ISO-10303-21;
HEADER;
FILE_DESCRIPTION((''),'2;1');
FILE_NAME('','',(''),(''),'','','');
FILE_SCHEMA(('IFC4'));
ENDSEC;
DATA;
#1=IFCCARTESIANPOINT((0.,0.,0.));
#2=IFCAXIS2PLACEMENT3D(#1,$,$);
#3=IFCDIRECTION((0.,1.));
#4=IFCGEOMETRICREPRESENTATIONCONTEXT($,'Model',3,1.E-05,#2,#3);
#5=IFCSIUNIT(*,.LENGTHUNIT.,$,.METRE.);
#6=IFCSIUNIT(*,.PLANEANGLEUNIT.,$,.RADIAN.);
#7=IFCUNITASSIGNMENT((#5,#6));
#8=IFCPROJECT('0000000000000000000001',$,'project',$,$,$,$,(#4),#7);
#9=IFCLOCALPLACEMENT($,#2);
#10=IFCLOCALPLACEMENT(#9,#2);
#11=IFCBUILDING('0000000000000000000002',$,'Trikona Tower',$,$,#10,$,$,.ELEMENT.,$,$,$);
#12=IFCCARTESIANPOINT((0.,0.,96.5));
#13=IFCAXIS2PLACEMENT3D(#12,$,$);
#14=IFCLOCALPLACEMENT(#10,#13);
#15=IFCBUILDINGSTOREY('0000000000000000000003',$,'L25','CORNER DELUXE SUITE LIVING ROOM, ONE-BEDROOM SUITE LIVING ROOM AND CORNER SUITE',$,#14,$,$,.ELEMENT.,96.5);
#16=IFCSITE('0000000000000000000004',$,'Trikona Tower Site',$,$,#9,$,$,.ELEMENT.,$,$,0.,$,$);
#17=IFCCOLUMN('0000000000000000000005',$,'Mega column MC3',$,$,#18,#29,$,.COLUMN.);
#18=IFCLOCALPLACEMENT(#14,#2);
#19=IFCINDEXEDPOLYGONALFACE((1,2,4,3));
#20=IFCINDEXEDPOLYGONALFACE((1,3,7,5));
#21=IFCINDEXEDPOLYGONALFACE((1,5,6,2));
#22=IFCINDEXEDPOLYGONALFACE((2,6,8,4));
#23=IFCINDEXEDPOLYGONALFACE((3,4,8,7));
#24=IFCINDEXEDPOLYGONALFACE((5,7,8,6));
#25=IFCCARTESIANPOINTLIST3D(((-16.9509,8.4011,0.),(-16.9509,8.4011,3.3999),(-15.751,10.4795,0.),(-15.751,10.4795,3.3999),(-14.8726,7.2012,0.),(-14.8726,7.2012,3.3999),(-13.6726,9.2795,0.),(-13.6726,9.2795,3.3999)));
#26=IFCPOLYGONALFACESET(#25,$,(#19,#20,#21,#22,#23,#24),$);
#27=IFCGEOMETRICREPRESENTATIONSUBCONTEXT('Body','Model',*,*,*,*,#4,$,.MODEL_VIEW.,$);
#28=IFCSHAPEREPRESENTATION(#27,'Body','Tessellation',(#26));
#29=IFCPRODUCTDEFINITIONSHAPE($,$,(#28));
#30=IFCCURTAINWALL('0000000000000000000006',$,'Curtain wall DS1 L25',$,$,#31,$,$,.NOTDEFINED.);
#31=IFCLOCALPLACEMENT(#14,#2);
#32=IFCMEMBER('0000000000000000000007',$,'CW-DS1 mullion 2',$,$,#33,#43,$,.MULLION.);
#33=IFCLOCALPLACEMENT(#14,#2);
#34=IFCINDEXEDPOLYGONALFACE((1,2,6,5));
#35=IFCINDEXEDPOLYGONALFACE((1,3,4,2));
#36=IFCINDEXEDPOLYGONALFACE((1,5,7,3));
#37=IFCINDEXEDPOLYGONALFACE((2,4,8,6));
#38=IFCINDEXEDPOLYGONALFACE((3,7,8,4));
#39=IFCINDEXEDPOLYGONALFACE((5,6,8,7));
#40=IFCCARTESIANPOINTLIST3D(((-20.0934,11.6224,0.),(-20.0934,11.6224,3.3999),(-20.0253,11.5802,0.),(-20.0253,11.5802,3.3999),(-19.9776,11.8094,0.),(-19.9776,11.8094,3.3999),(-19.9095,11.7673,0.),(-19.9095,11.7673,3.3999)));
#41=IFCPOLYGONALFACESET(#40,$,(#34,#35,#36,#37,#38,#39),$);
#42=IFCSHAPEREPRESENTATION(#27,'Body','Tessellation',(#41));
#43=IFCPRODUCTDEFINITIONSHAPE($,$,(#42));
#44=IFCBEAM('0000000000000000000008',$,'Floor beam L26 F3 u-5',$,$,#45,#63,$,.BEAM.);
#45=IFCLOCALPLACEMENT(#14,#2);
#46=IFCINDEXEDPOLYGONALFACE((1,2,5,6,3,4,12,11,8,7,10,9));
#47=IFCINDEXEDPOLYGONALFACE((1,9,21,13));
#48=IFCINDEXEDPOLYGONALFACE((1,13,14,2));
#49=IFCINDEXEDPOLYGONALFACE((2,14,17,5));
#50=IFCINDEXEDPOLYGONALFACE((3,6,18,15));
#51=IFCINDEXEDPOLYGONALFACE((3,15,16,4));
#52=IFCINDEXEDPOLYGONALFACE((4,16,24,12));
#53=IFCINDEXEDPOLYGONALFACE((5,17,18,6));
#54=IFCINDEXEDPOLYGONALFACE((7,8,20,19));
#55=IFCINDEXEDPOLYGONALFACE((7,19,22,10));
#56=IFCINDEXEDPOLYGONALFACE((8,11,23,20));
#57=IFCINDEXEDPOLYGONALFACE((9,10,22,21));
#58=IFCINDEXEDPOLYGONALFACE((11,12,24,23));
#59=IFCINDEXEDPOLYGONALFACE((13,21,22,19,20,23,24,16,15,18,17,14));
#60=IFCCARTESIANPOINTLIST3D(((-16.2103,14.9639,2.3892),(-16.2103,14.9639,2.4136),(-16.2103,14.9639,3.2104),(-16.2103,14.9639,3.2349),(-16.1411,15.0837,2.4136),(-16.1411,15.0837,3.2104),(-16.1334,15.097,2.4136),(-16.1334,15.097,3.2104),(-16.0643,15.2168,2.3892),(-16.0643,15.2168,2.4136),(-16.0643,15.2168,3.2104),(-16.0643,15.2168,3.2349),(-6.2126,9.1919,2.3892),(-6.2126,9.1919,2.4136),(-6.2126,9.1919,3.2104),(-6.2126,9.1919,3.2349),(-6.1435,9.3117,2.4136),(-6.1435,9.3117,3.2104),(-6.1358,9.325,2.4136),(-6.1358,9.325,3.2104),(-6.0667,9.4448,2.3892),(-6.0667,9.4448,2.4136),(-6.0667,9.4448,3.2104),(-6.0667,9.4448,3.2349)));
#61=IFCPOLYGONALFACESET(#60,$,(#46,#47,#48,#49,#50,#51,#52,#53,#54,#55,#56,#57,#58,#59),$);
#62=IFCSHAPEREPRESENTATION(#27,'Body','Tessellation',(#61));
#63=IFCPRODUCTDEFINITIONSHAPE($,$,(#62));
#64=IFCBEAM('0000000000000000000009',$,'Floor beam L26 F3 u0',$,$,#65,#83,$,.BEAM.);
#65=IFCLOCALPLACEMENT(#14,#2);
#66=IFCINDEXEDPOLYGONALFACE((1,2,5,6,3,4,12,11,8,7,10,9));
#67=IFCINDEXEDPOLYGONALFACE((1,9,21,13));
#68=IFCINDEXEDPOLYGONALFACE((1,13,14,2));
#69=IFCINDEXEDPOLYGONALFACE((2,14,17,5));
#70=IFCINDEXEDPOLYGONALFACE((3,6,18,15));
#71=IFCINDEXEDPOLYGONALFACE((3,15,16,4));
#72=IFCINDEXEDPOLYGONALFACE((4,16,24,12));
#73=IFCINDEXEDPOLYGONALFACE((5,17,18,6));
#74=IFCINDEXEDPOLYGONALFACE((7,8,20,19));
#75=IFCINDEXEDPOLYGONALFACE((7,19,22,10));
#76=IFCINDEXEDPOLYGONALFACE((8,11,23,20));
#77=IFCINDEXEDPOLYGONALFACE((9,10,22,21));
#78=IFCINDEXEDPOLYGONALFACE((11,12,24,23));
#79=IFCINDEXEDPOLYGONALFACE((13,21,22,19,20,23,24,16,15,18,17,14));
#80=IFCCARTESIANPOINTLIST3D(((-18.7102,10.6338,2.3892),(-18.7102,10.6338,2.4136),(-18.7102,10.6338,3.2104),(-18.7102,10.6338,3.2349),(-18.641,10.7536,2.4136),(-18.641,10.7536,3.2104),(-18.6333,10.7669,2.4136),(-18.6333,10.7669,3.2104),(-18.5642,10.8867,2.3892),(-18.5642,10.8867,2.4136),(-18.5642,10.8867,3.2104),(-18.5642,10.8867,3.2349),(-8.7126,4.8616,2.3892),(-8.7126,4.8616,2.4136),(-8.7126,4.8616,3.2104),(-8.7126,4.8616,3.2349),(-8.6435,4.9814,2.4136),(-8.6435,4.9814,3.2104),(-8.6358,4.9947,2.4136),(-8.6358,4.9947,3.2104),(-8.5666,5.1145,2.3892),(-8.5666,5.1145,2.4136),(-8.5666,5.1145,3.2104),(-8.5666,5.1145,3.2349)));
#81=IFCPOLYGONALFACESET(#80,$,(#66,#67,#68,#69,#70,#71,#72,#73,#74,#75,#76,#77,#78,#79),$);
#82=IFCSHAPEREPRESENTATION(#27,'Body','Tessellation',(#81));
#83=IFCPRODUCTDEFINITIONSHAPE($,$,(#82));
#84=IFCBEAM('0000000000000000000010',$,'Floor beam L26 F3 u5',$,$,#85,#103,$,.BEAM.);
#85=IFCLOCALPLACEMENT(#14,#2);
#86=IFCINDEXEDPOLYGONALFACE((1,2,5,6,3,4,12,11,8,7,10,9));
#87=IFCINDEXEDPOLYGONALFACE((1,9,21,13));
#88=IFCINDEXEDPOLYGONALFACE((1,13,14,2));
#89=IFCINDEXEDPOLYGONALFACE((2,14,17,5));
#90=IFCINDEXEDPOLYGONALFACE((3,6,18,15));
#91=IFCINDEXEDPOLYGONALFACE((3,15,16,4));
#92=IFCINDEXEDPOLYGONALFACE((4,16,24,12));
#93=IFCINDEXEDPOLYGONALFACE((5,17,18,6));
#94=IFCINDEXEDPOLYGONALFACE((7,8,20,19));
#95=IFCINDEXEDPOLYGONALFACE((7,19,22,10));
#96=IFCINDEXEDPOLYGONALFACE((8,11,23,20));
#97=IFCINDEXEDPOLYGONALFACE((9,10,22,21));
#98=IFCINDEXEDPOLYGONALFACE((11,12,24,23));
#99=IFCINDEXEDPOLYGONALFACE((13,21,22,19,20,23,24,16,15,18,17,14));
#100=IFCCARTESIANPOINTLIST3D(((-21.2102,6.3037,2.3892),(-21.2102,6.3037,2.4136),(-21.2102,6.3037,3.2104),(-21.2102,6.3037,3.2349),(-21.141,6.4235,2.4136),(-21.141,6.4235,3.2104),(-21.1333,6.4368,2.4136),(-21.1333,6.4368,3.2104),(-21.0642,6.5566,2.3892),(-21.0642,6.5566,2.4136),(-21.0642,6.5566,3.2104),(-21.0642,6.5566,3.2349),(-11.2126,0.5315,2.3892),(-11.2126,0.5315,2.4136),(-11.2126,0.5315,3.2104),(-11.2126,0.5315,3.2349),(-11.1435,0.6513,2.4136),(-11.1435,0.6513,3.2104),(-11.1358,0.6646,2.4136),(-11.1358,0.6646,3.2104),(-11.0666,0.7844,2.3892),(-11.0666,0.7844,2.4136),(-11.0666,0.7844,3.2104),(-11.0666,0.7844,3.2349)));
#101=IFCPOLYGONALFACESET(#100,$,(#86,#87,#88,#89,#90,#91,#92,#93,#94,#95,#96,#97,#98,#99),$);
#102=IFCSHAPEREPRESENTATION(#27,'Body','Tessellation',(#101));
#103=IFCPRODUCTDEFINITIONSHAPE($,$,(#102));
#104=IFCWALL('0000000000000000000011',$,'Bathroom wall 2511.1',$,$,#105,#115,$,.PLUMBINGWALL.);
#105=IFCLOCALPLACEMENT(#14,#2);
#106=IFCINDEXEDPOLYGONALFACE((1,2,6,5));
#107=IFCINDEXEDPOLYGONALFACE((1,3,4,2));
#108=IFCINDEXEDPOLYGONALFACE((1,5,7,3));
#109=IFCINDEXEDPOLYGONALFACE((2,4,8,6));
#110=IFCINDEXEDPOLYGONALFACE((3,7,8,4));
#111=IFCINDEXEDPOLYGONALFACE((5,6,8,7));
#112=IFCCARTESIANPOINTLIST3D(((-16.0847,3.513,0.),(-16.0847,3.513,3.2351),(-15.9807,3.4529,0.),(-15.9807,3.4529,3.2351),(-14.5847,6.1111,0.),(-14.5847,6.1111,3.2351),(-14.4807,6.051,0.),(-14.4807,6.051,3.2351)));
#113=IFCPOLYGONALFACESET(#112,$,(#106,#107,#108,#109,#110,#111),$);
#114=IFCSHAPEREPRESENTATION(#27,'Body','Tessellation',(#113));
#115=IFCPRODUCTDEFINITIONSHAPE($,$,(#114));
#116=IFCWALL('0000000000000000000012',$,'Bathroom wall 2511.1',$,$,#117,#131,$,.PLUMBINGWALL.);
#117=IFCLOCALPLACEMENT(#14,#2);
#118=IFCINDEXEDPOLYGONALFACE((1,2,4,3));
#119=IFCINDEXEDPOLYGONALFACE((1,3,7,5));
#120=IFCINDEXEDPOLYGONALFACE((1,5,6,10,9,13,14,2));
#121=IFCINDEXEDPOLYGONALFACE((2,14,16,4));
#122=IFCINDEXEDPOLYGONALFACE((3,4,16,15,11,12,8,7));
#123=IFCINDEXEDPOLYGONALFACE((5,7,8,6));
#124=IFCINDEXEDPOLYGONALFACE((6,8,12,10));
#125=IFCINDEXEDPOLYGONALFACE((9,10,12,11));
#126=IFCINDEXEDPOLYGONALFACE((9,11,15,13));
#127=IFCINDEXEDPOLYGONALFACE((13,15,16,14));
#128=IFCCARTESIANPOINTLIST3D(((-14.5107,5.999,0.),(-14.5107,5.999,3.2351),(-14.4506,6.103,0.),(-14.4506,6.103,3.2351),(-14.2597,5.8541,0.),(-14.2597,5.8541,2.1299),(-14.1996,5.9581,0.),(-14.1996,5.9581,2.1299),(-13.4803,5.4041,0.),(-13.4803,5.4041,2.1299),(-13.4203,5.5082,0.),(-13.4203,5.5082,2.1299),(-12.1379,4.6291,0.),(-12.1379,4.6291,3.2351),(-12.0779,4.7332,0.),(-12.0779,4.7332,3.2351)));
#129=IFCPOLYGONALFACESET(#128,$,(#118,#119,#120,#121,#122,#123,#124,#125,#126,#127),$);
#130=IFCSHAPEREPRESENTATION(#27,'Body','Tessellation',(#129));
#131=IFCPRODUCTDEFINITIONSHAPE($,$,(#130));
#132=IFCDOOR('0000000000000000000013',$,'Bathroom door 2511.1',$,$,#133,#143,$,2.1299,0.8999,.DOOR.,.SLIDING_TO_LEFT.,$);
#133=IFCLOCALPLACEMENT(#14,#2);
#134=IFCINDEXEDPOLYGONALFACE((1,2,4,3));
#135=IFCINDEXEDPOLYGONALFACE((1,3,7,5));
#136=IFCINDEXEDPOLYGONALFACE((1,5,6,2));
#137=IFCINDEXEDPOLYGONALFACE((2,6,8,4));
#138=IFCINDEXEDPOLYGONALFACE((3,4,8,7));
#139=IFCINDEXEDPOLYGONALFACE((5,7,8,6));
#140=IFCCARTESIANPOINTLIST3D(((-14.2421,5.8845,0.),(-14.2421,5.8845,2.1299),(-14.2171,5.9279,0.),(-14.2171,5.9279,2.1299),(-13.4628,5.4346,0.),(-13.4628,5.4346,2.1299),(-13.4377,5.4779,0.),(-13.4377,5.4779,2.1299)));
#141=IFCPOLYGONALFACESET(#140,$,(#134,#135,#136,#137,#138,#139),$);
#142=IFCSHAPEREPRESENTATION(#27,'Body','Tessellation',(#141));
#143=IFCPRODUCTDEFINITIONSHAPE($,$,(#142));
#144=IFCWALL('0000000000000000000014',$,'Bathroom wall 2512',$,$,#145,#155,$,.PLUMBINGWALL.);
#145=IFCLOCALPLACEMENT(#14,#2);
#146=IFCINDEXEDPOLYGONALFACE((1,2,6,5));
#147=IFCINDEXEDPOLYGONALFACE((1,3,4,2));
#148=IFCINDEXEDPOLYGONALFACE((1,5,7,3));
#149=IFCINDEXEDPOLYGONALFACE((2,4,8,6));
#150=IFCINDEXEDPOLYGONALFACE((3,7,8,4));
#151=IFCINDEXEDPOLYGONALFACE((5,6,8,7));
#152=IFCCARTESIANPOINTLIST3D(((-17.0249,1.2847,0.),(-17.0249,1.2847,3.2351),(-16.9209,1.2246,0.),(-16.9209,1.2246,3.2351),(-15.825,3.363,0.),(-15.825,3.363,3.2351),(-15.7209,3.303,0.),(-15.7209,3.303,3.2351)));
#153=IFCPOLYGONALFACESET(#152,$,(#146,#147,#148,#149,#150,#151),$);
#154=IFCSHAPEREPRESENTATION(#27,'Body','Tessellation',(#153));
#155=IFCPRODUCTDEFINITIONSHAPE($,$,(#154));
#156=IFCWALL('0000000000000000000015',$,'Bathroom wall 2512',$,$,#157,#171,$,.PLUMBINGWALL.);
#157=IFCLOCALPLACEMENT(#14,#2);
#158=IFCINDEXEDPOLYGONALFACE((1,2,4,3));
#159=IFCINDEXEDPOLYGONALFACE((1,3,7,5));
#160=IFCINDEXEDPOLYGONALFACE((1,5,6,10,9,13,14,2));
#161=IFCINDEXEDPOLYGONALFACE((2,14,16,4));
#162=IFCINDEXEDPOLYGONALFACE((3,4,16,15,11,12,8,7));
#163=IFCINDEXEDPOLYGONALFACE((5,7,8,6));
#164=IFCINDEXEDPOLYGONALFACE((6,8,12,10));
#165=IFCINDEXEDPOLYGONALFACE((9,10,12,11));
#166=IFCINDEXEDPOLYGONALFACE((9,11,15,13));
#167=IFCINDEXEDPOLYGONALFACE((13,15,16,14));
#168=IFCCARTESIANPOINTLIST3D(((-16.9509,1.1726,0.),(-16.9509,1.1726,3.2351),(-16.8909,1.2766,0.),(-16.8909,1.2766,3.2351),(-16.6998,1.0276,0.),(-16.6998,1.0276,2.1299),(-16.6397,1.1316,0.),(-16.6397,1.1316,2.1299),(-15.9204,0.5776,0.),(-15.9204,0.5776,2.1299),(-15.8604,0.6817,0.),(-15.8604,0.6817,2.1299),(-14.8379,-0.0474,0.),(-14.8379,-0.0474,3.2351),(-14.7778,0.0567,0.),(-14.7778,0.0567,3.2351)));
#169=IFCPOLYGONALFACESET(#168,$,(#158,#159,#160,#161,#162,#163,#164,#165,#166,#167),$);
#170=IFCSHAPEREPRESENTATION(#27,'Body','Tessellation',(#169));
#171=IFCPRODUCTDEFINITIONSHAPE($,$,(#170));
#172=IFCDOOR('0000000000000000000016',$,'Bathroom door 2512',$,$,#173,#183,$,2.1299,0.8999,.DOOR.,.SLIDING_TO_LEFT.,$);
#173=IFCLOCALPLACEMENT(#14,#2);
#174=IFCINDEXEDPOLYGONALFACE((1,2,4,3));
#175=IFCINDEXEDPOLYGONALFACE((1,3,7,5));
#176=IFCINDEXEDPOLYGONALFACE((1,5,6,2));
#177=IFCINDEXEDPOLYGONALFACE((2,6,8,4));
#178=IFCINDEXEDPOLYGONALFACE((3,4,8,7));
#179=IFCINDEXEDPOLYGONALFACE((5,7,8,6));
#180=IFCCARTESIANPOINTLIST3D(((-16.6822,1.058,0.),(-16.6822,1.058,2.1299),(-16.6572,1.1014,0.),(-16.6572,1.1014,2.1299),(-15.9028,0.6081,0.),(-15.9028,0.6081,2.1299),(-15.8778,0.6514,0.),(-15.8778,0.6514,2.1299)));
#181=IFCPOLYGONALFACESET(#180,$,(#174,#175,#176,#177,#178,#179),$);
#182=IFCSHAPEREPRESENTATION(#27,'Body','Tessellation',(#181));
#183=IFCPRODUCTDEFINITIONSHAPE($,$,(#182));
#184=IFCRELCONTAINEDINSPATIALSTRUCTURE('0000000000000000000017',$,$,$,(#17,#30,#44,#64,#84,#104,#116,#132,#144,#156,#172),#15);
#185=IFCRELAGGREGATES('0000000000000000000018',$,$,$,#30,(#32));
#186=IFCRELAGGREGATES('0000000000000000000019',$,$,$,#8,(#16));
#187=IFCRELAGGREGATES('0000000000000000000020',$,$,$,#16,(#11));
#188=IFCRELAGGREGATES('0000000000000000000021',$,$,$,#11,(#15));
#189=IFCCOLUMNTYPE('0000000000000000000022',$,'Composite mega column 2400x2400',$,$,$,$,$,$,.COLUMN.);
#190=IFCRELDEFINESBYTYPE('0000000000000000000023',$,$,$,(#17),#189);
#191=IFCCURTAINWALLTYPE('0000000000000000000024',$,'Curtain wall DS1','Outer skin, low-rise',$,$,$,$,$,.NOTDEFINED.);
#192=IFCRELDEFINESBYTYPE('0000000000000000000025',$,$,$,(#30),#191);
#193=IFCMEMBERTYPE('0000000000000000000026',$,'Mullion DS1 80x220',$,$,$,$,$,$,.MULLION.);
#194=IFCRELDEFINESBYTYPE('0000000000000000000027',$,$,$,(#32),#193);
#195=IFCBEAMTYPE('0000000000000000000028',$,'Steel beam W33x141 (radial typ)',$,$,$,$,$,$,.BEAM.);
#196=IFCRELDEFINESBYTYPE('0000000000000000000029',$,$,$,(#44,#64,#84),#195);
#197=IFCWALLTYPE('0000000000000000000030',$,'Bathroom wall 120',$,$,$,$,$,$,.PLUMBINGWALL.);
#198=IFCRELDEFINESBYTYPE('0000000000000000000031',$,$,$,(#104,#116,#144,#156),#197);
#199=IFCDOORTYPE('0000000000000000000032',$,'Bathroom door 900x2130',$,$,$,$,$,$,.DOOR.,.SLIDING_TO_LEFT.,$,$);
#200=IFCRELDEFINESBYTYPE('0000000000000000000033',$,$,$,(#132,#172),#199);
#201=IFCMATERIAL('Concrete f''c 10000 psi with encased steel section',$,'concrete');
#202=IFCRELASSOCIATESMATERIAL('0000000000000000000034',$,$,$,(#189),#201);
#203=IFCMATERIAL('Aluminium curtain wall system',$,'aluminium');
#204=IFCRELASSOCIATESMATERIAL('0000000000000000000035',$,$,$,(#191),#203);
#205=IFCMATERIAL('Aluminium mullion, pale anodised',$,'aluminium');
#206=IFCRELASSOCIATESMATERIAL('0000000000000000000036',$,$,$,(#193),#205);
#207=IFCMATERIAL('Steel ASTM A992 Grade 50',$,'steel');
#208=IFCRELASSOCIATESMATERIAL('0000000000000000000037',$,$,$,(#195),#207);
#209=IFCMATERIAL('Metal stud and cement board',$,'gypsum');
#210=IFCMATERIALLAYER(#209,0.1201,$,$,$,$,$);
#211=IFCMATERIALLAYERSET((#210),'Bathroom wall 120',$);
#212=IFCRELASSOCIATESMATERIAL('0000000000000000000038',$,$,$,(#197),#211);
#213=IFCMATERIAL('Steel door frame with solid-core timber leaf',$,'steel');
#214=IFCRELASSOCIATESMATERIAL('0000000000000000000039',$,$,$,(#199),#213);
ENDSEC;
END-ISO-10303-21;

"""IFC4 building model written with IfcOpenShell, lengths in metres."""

from ifc_helpers import new_model, si_unit, direction, frame, frame_2d, origin, origin_2d, place, context, subcontext, project, spatial, rectangle, i_section, extrude, material, layer, layer_set, material_profile, profile_set, type_object, element, fill, aggregate, save


model = new_model("IFC4")

# Units and contexts
model_context = context("Model", 3, precision=1e-05, world=origin(), true_north=direction((0.0, 1.0)))
body_context = subcontext(model_context, "Body", "Model", "MODEL_VIEW")
ifc_project = project(units=[si_unit("LENGTHUNIT", "METRE"), si_unit("PLANEANGLEUNIT", "RADIAN")], contexts=[model_context])

# Site, building, storey
site_placement = place(None, origin())
site = spatial("IfcSite", under=ifc_project, at=site_placement, Name="Trikona Tower Site", CompositionType="ELEMENT", RefElevation=0.0)
building_placement = place(site_placement, origin())
building = spatial("IfcBuilding", under=site, at=building_placement, Name="Trikona Tower", CompositionType="ELEMENT")
storey_placement = place(building_placement, frame((0.0, 0.0, 96.5)))
storey = spatial("IfcBuildingStorey", under=building, at=storey_placement, Name="L25", Description="CORNER DELUXE SUITE LIVING ROOM, ONE-BEDROOM SUITE LIVING ROOM AND CORNER SUITE", CompositionType="ELEMENT", Elevation=96.5)

# Column
ifc_material_1 = material(Name="Concrete f'c 10000 psi with encased steel section", Category="concrete")
ifc_material_profile_1 = material_profile(ifc_material_1, rectangle(XDim=2.3999, YDim=2.3999, at=origin_2d()), Name="MC2400")
ifc_profile_set_1 = profile_set([ifc_material_profile_1], Name="Concrete f'c 10000 psi with encased steel section")
column_type = type_object("IfcColumnType", Name="Composite mega column 2400x2400", PredefinedType="COLUMN", material=ifc_profile_set_1)
column_placement = place(storey_placement, frame((-15.3118, 8.8403, 0.0), z_axis=(0.0, 0.0, 1.0), x_axis=(-0.866025, 0.5, 0.0)))
element("IfcColumn", 1, at=column_placement, inside=storey, type_object=column_type, Name="Mega column MC3", PredefinedType="COLUMN", context=body_context, shape_type="SweptSolid", body=[
    extrude(rectangle(XDim=2.3999, YDim=2.3999, at=origin_2d()), origin(), (0.0, 0.0, 1.0), 3.3999),
])

# Curtain wall, member
ifc_material_2 = material(Name="Aluminium curtain wall system", Category="aluminium")
curtain_wall_type = type_object("IfcCurtainWallType", Name="Curtain wall DS1", Description="Outer skin, low-rise", PredefinedType="NOTDEFINED", material=ifc_material_2)
curtain_wall_placement = place(storey_placement, origin())
curtain_wall = element("IfcCurtainWall", 2, at=curtain_wall_placement, inside=storey, type_object=curtain_wall_type, Name="Curtain wall DS1 L25", PredefinedType="NOTDEFINED")
ifc_material_3 = material(Name="Aluminium mullion, pale anodised", Category="aluminium")
ifc_material_profile_2 = material_profile(ifc_material_3, rectangle(XDim=0.0801, YDim=0.22, at=origin_2d()), Name="MUL-DS1")
ifc_profile_set_2 = profile_set([ifc_material_profile_2], Name="Aluminium mullion, pale anodised")
member_type = type_object("IfcMemberType", Name="Mullion DS1 80x220", PredefinedType="MULLION", material=ifc_profile_set_2)
member_placement = place(storey_placement, frame((-20.0015, 11.6948, 0.0), z_axis=(0.0, 0.0, 1.0), x_axis=(0.85041, -0.52612, 0.0)))
member = element("IfcMember", 3, at=member_placement, type_object=member_type, Name="CW-DS1 mullion 2", PredefinedType="MULLION", context=body_context, shape_type="SweptSolid", body=[
    extrude(rectangle(XDim=0.0801, YDim=0.22, at=origin_2d()), origin(), (0.0, 0.0, 1.0), 3.3999),
])
aggregate(curtain_wall, [member])

# Beams
ifc_material_4 = material(Name="Steel ASTM A992 Grade 50", Category="steel")
ifc_material_profile_3 = material_profile(ifc_material_4, i_section(OverallWidth=0.292, OverallDepth=0.8457, WebThickness=0.0154, FlangeThickness=0.0244, at=origin_2d()), Name="W33X141")
ifc_profile_set_3 = profile_set([ifc_material_profile_3], Name="Steel ASTM A992 Grade 50")
beam_type = type_object("IfcBeamType", Name="Steel beam W33x141 (radial typ)", PredefinedType="BEAM", material=ifc_profile_set_3)
for number, where, z_axis, x_axis, name in (
    (4, (-6.1396, 9.3184, 2.812), (-0.86603, 0.499992, 0.0), (-0.499992, -0.86603, 0.0), "Floor beam L26 F3 u-5"),
    (5, (-8.6396, 4.988, 2.812), (-0.866021, 0.500008, 0.0), (-0.500008, -0.866021, 0.0), "Floor beam L26 F3 u0"),
    (6, (-11.1396, 0.658, 2.812), (-0.866021, 0.500008, 0.0), (-0.500008, -0.866021, 0.0), "Floor beam L26 F3 u5"),
):
    element("IfcBeam", number, at=place(storey_placement, frame(where, z_axis=z_axis, x_axis=x_axis)), inside=storey, type_object=beam_type, Name=name, PredefinedType="BEAM", context=body_context, shape_type="SweptSolid", body=[
        extrude(i_section(OverallWidth=0.292, OverallDepth=0.8457, WebThickness=0.0154, FlangeThickness=0.0244, at=origin_2d()), origin(), (0.0, 0.0, 1.0), 11.5442),
    ])

# Wall
ifc_material_5 = material(Name="Metal stud and cement board", Category="gypsum")
ifc_layer_1 = layer(ifc_material_5, 0.1201)
ifc_layer_set_1 = layer_set([ifc_layer_1], Name="Bathroom wall 120")
wall_type_1 = type_object("IfcWallType", Name="Bathroom wall 120", PredefinedType="PLUMBINGWALL", material=ifc_layer_set_1)
wall_1_placement = place(storey_placement, frame((-14.5327, 6.0811, 0.0), z_axis=(0.0, 0.0, 1.0), x_axis=(-0.49999, -0.866031, 0.0)))
element("IfcWall", 7, at=wall_1_placement, inside=storey, type_object=wall_type_1, Name="Bathroom wall 2511.1", PredefinedType="PLUMBINGWALL", context=body_context, shape_type="SweptSolid", body=[
    extrude(rectangle(XDim=3.0, YDim=0.1201, at=frame_2d((1.5, 0.0))), origin(), (0.0, 0.0, 1.0), 3.2351),
])

# Wall, opening, door
wall_2_placement = place(storey_placement, frame((-12.1079, 4.6812, 0.0), z_axis=(0.0, 0.0, 1.0), x_axis=(-0.866036, 0.499982, 0.0)))
wall_2 = element("IfcWall", 8, at=wall_2_placement, inside=storey, type_object=wall_type_1, Name="Bathroom wall 2511.1", PredefinedType="PLUMBINGWALL", context=body_context, shape_type="SweptSolid", body=[
    extrude(rectangle(XDim=2.7397, YDim=0.1201, at=frame_2d((1.3699, 0.0))), origin(), (0.0, 0.0, 1.0), 3.2351),
])
opening_1_placement = place(wall_2_placement, frame((1.55, 0.0, 0.0)))
opening_1 = element("IfcOpeningElement", 9, at=opening_1_placement, cuts=wall_2, PredefinedType="OPENING", context=body_context, shape_type="SweptSolid", body=[
    extrude(rectangle(XDim=0.8999, YDim=2.1299, at=frame_2d((0.45, 1.0649))), frame((0.0, 0.0701, 0.0), z_axis=(0.0, -1.0, 0.0), x_axis=(1.0, 0.0, 0.0)), (0.0, 0.0, 1.0), 0.1401),
])
ifc_material_6 = material(Name="Steel door frame with solid-core timber leaf", Category="steel")
door_type_1 = type_object("IfcDoorType", Name="Bathroom door 900x2130", OperationType="SLIDING_TO_LEFT", PredefinedType="DOOR", material=ifc_material_6)
door_1_placement = place(opening_1_placement, origin())
door_1 = element("IfcDoor", 10, at=door_1_placement, inside=storey, type_object=door_type_1, Name="Bathroom door 2511.1", OperationType="SLIDING_TO_LEFT", OverallHeight=2.1299, OverallWidth=0.8999, PredefinedType="DOOR", context=body_context, shape_type="SweptSolid", body=[
    extrude(rectangle(XDim=0.8999, YDim=2.1299, at=frame_2d((0.45, 1.0649))), frame((0.0, 0.0249, 0.0), z_axis=(0.0, -1.0, 0.0), x_axis=(1.0, 0.0, 0.0)), (0.0, 0.0, 1.0), 0.05),
])
fill(opening_1, door_1)

# Wall
wall_3_placement = place(storey_placement, frame((-15.7729, 3.333, 0.0), z_axis=(0.0, 0.0, 1.0), x_axis=(-0.500001, -0.866025, 0.0)))
element("IfcWall", 11, at=wall_3_placement, inside=storey, type_object=wall_type_1, Name="Bathroom wall 2512", PredefinedType="PLUMBINGWALL", context=body_context, shape_type="SweptSolid", body=[
    extrude(rectangle(XDim=2.3999, YDim=0.1201, at=frame_2d((1.2, 0.0))), origin(), (0.0, 0.0, 1.0), 3.2351),
])

# Wall, opening, door
wall_4_placement = place(storey_placement, frame((-14.8079, 0.0046, 0.0), z_axis=(0.0, 0.0, 1.0), x_axis=(-0.866024, 0.500003, 0.0)))
wall_4 = element("IfcWall", 12, at=wall_4_placement, inside=storey, type_object=wall_type_1, Name="Bathroom wall 2512", PredefinedType="PLUMBINGWALL", context=body_context, shape_type="SweptSolid", body=[
    extrude(rectangle(XDim=2.4399, YDim=0.1201, at=frame_2d((1.22, 0.0))), origin(), (0.0, 0.0, 1.0), 3.2351),
])
opening_2_placement = place(wall_4_placement, frame((1.25, 0.0, 0.0)))
opening_2 = element("IfcOpeningElement", 13, at=opening_2_placement, cuts=wall_4, PredefinedType="OPENING", context=body_context, shape_type="SweptSolid", body=[
    extrude(rectangle(XDim=0.8999, YDim=2.1299, at=frame_2d((0.45, 1.0649))), frame((0.0, 0.0701, 0.0), z_axis=(0.0, -1.0, 0.0), x_axis=(1.0, 0.0, 0.0)), (0.0, 0.0, 1.0), 0.1401),
])
door_2_placement = place(opening_2_placement, origin())
door_2 = element("IfcDoor", 14, at=door_2_placement, inside=storey, type_object=door_type_1, Name="Bathroom door 2512", OperationType="SLIDING_TO_LEFT", OverallHeight=2.1299, OverallWidth=0.8999, PredefinedType="DOOR", context=body_context, shape_type="SweptSolid", body=[
    extrude(rectangle(XDim=0.8999, YDim=2.1299, at=frame_2d((0.45, 1.0649))), frame((0.0, 0.0249, 0.0), z_axis=(0.0, -1.0, 0.0), x_axis=(1.0, 0.0, 0.0)), (0.0, 0.0, 1.0), 0.05),
])
fill(opening_2, door_2)

save(model, "model.ifc")
